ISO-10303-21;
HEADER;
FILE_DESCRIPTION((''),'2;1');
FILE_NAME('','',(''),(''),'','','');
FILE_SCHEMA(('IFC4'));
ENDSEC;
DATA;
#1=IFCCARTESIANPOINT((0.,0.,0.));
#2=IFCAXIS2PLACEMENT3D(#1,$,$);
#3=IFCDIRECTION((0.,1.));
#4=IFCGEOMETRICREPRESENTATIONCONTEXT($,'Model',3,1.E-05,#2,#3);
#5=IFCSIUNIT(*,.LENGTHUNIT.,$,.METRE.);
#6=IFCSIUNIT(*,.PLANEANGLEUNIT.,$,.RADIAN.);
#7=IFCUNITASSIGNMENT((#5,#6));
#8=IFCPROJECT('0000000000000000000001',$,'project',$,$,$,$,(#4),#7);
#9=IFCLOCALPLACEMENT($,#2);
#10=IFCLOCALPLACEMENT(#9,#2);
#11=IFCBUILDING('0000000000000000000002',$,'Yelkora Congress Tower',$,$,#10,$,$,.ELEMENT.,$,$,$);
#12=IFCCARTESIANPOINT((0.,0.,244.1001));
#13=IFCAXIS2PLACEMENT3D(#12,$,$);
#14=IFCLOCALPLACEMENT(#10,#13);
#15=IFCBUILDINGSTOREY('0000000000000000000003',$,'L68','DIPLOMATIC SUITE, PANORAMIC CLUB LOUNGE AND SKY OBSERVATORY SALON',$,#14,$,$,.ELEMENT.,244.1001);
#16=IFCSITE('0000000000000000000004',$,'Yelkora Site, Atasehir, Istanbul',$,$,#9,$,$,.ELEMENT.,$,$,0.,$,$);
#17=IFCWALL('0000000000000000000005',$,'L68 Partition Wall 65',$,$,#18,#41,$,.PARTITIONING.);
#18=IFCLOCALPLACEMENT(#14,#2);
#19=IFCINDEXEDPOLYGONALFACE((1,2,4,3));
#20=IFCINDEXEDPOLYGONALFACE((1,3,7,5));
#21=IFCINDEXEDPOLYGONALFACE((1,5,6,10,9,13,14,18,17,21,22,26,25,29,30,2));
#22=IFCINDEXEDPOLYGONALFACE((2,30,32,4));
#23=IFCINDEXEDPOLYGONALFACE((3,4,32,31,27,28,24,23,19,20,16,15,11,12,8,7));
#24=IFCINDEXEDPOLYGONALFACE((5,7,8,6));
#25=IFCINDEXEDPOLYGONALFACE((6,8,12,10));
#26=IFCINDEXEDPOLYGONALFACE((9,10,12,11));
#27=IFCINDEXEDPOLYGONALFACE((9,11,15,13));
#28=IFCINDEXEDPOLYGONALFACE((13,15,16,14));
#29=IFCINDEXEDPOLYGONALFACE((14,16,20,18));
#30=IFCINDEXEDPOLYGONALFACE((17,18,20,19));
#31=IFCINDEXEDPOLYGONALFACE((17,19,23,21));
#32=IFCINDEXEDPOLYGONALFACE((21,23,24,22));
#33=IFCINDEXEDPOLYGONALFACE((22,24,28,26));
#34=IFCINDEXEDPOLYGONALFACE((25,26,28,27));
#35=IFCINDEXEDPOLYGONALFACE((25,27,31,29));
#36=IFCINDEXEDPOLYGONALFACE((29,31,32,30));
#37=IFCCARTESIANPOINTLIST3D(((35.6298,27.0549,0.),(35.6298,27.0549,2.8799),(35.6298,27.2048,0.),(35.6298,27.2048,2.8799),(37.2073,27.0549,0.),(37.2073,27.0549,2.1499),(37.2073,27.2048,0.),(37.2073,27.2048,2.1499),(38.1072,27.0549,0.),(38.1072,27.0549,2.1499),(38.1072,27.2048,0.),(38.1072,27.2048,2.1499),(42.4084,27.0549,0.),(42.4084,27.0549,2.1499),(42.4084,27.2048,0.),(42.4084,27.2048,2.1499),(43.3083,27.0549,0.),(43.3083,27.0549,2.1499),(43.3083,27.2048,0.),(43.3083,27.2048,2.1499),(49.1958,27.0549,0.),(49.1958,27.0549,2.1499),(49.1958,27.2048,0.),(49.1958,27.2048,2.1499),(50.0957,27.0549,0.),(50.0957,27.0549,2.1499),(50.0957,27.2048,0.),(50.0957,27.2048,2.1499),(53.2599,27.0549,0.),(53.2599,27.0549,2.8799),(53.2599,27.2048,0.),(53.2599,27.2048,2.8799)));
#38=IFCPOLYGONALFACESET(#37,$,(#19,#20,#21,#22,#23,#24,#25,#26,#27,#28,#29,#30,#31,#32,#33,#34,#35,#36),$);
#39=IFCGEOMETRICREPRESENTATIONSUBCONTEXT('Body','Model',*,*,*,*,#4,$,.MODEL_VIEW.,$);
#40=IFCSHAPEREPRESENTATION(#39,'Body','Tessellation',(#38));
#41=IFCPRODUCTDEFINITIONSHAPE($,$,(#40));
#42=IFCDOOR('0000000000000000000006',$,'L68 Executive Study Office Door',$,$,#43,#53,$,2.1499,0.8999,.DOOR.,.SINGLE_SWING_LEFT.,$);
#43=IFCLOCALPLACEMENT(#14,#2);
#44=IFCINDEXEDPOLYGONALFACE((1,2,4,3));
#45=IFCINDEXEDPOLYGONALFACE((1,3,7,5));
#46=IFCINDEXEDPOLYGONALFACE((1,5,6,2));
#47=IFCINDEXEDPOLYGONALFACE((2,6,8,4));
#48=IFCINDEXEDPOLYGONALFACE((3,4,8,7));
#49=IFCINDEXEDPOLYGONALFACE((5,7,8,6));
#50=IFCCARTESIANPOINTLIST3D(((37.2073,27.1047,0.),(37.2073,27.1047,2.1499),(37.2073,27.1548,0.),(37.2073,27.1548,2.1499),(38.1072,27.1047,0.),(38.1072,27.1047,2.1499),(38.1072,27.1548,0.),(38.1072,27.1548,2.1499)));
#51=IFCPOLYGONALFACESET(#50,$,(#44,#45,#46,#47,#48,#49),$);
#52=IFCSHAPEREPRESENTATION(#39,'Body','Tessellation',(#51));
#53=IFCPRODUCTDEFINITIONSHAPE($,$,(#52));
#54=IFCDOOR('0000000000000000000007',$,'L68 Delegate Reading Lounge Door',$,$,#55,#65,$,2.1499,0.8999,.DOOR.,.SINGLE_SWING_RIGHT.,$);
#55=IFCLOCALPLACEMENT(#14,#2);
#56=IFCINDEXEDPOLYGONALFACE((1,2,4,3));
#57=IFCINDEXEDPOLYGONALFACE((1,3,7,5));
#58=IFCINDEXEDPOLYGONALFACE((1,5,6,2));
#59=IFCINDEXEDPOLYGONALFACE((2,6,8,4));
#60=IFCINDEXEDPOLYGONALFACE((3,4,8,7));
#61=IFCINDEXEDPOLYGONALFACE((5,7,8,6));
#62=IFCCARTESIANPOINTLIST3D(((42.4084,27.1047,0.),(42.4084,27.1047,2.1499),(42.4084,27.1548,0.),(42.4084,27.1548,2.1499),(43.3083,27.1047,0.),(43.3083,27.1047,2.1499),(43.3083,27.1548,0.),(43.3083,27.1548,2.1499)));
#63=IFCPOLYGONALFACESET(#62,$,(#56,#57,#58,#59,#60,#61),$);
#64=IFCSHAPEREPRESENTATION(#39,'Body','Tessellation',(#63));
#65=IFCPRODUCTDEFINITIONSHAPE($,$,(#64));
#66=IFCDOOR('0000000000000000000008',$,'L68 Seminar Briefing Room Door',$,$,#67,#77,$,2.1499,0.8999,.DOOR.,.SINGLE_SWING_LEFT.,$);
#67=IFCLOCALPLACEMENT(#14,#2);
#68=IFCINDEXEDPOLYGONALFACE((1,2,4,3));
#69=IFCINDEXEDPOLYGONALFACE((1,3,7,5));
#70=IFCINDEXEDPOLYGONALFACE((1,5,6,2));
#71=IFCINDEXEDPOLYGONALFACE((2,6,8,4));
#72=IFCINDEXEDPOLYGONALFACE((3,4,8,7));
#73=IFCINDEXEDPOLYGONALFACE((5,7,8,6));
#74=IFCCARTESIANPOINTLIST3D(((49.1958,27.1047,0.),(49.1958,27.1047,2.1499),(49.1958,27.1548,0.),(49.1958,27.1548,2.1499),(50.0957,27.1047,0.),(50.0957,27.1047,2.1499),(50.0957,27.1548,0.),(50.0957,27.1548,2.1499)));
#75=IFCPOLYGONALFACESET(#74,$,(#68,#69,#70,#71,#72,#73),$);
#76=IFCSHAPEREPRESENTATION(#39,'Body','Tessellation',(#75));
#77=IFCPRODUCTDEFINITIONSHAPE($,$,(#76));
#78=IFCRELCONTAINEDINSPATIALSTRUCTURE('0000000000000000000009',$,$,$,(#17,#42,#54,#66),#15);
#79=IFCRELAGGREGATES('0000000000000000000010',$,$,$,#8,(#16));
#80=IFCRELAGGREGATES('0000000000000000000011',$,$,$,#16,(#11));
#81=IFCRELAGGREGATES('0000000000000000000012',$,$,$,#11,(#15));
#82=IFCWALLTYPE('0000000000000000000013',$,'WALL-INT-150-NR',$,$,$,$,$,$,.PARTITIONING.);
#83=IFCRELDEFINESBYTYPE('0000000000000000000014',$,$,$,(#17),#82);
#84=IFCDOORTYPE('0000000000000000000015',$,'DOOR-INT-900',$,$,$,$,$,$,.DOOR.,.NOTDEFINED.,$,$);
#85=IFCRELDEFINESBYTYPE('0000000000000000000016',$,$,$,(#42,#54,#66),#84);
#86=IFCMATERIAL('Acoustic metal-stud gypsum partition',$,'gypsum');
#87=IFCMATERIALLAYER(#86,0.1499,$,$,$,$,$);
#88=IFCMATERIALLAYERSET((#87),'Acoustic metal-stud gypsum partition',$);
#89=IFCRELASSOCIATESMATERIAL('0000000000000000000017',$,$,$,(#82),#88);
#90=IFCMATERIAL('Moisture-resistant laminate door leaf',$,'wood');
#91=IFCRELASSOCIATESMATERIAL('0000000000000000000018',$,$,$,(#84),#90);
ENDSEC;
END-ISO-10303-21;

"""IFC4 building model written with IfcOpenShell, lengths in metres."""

from ifc_helpers import new_model, si_unit, direction, frame, frame_2d, origin, place, context, subcontext, project, spatial, rectangle, extrude, material, layer, layer_set, type_object, element, fill, save


model = new_model("IFC4")

# Units and contexts
model_context = context("Model", 3, precision=1e-05, world=origin(), true_north=direction((0.0, 1.0)))
body_context = subcontext(model_context, "Body", "Model", "MODEL_VIEW")
ifc_project = project(units=[si_unit("LENGTHUNIT", "METRE"), si_unit("PLANEANGLEUNIT", "RADIAN")], contexts=[model_context])

# Site, building, storey
site_placement = place(None, origin())
site = spatial("IfcSite", under=ifc_project, at=site_placement, Name="Yelkora Site, Atasehir, Istanbul", CompositionType="ELEMENT", RefElevation=0.0)
building_placement = place(site_placement, origin())
building = spatial("IfcBuilding", under=site, at=building_placement, Name="Yelkora Congress Tower", CompositionType="ELEMENT")
storey_placement = place(building_placement, frame((0.0, 0.0, 244.1001)))
storey = spatial("IfcBuildingStorey", under=building, at=storey_placement, Name="L68", Description="DIPLOMATIC SUITE, PANORAMIC CLUB LOUNGE AND SKY OBSERVATORY SALON", CompositionType="ELEMENT", Elevation=244.1001)

# Shared definitions
ifc_material_1 = material(Name="Acoustic metal-stud gypsum partition", Category="gypsum")
ifc_layer = layer(ifc_material_1, 0.1499)
ifc_layer_set = layer_set([ifc_layer], Name="Acoustic metal-stud gypsum partition")
wall_type = type_object("IfcWallType", Name="WALL-INT-150-NR", PredefinedType="PARTITIONING", material=ifc_layer_set)

# Shared definitions
ifc_material_2 = material(Name="Moisture-resistant laminate door leaf", Category="wood")
door_type = type_object("IfcDoorType", Name="DOOR-INT-900", OperationType="NOTDEFINED", PredefinedType="DOOR", material=ifc_material_2)

# Wall, openings, doors
wall_1_placement = place(storey_placement, frame((35.6299, 27.1299, 0.0), z_axis=(0.0, 0.0, 1.0), x_axis=(1.0, 0.0, 0.0)))
wall_1 = element("IfcWall", 1, at=wall_1_placement, inside=storey, type_object=wall_type, Name="L68 Partition Wall 65", PredefinedType="PARTITIONING", context=body_context, shape_type="SweptSolid", body=[
    extrude(rectangle(XDim=17.6301, YDim=0.1499, at=frame_2d((8.8149, 0.0))), origin(), (0.0, 0.0, 1.0), 2.8799),
])
opening_1_placement = place(wall_1_placement, frame((1.5774, 0.0, 0.0)))
opening_1 = element("IfcOpeningElement", 2, at=opening_1_placement, cuts=wall_1, PredefinedType="OPENING", context=body_context, shape_type="SweptSolid", body=[
    extrude(rectangle(XDim=0.8999, YDim=2.1499, at=frame_2d((0.45, 1.075))), frame((0.0, 0.085, 0.0), z_axis=(0.0, -1.0, 0.0), x_axis=(1.0, 0.0, 0.0)), (0.0, 0.0, 1.0), 0.1699),
])
opening_2_placement = place(wall_1_placement, frame((6.7786, 0.0, 0.0)))
opening_2 = element("IfcOpeningElement", 3, at=opening_2_placement, cuts=wall_1, PredefinedType="OPENING", context=body_context, shape_type="SweptSolid", body=[
    extrude(rectangle(XDim=0.8999, YDim=2.1499, at=frame_2d((0.45, 1.075))), frame((0.0, 0.085, 0.0), z_axis=(0.0, -1.0, 0.0), x_axis=(1.0, 0.0, 0.0)), (0.0, 0.0, 1.0), 0.1699),
])
opening_3_placement = place(wall_1_placement, frame((13.5659, 0.0, 0.0)))
opening_3 = element("IfcOpeningElement", 4, at=opening_3_placement, cuts=wall_1, PredefinedType="OPENING", context=body_context, shape_type="SweptSolid", body=[
    extrude(rectangle(XDim=0.8999, YDim=2.1499, at=frame_2d((0.45, 1.075))), frame((0.0, 0.085, 0.0), z_axis=(0.0, -1.0, 0.0), x_axis=(1.0, 0.0, 0.0)), (0.0, 0.0, 1.0), 0.1699),
])
door_1_placement = place(opening_1_placement, origin())
door_1 = element("IfcDoor", 5, at=door_1_placement, inside=storey, type_object=door_type, Name="L68 Executive Study Office Door", OperationType="SINGLE_SWING_LEFT", OverallHeight=2.1499, OverallWidth=0.8999, PredefinedType="DOOR", context=body_context, shape_type="SweptSolid", body=[
    extrude(rectangle(XDim=0.8999, YDim=2.1499, at=frame_2d((0.45, 1.075))), frame((0.0, 0.0249, 0.0), z_axis=(0.0, -1.0, 0.0), x_axis=(1.0, 0.0, 0.0)), (0.0, 0.0, 1.0), 0.05),
])
fill(opening_1, door_1)
door_2_placement = place(opening_2_placement, origin())
door_2 = element("IfcDoor", 6, at=door_2_placement, inside=storey, type_object=door_type, Name="L68 Delegate Reading Lounge Door", OperationType="SINGLE_SWING_RIGHT", OverallHeight=2.1499, OverallWidth=0.8999, PredefinedType="DOOR", context=body_context, shape_type="SweptSolid", body=[
    extrude(rectangle(XDim=0.8999, YDim=2.1499, at=frame_2d((0.45, 1.075))), frame((0.0, 0.0249, 0.0), z_axis=(0.0, -1.0, 0.0), x_axis=(1.0, 0.0, 0.0)), (0.0, 0.0, 1.0), 0.05),
])
fill(opening_2, door_2)
door_3_placement = place(opening_3_placement, origin())
door_3 = element("IfcDoor", 7, at=door_3_placement, inside=storey, type_object=door_type, Name="L68 Seminar Briefing Room Door", OperationType="SINGLE_SWING_LEFT", OverallHeight=2.1499, OverallWidth=0.8999, PredefinedType="DOOR", context=body_context, shape_type="SweptSolid", body=[
    extrude(rectangle(XDim=0.8999, YDim=2.1499, at=frame_2d((0.45, 1.075))), frame((0.0, 0.0249, 0.0), z_axis=(0.0, -1.0, 0.0), x_axis=(1.0, 0.0, 0.0)), (0.0, 0.0, 1.0), 0.05),
])
fill(opening_3, door_3)

save(model, "model.ifc")
